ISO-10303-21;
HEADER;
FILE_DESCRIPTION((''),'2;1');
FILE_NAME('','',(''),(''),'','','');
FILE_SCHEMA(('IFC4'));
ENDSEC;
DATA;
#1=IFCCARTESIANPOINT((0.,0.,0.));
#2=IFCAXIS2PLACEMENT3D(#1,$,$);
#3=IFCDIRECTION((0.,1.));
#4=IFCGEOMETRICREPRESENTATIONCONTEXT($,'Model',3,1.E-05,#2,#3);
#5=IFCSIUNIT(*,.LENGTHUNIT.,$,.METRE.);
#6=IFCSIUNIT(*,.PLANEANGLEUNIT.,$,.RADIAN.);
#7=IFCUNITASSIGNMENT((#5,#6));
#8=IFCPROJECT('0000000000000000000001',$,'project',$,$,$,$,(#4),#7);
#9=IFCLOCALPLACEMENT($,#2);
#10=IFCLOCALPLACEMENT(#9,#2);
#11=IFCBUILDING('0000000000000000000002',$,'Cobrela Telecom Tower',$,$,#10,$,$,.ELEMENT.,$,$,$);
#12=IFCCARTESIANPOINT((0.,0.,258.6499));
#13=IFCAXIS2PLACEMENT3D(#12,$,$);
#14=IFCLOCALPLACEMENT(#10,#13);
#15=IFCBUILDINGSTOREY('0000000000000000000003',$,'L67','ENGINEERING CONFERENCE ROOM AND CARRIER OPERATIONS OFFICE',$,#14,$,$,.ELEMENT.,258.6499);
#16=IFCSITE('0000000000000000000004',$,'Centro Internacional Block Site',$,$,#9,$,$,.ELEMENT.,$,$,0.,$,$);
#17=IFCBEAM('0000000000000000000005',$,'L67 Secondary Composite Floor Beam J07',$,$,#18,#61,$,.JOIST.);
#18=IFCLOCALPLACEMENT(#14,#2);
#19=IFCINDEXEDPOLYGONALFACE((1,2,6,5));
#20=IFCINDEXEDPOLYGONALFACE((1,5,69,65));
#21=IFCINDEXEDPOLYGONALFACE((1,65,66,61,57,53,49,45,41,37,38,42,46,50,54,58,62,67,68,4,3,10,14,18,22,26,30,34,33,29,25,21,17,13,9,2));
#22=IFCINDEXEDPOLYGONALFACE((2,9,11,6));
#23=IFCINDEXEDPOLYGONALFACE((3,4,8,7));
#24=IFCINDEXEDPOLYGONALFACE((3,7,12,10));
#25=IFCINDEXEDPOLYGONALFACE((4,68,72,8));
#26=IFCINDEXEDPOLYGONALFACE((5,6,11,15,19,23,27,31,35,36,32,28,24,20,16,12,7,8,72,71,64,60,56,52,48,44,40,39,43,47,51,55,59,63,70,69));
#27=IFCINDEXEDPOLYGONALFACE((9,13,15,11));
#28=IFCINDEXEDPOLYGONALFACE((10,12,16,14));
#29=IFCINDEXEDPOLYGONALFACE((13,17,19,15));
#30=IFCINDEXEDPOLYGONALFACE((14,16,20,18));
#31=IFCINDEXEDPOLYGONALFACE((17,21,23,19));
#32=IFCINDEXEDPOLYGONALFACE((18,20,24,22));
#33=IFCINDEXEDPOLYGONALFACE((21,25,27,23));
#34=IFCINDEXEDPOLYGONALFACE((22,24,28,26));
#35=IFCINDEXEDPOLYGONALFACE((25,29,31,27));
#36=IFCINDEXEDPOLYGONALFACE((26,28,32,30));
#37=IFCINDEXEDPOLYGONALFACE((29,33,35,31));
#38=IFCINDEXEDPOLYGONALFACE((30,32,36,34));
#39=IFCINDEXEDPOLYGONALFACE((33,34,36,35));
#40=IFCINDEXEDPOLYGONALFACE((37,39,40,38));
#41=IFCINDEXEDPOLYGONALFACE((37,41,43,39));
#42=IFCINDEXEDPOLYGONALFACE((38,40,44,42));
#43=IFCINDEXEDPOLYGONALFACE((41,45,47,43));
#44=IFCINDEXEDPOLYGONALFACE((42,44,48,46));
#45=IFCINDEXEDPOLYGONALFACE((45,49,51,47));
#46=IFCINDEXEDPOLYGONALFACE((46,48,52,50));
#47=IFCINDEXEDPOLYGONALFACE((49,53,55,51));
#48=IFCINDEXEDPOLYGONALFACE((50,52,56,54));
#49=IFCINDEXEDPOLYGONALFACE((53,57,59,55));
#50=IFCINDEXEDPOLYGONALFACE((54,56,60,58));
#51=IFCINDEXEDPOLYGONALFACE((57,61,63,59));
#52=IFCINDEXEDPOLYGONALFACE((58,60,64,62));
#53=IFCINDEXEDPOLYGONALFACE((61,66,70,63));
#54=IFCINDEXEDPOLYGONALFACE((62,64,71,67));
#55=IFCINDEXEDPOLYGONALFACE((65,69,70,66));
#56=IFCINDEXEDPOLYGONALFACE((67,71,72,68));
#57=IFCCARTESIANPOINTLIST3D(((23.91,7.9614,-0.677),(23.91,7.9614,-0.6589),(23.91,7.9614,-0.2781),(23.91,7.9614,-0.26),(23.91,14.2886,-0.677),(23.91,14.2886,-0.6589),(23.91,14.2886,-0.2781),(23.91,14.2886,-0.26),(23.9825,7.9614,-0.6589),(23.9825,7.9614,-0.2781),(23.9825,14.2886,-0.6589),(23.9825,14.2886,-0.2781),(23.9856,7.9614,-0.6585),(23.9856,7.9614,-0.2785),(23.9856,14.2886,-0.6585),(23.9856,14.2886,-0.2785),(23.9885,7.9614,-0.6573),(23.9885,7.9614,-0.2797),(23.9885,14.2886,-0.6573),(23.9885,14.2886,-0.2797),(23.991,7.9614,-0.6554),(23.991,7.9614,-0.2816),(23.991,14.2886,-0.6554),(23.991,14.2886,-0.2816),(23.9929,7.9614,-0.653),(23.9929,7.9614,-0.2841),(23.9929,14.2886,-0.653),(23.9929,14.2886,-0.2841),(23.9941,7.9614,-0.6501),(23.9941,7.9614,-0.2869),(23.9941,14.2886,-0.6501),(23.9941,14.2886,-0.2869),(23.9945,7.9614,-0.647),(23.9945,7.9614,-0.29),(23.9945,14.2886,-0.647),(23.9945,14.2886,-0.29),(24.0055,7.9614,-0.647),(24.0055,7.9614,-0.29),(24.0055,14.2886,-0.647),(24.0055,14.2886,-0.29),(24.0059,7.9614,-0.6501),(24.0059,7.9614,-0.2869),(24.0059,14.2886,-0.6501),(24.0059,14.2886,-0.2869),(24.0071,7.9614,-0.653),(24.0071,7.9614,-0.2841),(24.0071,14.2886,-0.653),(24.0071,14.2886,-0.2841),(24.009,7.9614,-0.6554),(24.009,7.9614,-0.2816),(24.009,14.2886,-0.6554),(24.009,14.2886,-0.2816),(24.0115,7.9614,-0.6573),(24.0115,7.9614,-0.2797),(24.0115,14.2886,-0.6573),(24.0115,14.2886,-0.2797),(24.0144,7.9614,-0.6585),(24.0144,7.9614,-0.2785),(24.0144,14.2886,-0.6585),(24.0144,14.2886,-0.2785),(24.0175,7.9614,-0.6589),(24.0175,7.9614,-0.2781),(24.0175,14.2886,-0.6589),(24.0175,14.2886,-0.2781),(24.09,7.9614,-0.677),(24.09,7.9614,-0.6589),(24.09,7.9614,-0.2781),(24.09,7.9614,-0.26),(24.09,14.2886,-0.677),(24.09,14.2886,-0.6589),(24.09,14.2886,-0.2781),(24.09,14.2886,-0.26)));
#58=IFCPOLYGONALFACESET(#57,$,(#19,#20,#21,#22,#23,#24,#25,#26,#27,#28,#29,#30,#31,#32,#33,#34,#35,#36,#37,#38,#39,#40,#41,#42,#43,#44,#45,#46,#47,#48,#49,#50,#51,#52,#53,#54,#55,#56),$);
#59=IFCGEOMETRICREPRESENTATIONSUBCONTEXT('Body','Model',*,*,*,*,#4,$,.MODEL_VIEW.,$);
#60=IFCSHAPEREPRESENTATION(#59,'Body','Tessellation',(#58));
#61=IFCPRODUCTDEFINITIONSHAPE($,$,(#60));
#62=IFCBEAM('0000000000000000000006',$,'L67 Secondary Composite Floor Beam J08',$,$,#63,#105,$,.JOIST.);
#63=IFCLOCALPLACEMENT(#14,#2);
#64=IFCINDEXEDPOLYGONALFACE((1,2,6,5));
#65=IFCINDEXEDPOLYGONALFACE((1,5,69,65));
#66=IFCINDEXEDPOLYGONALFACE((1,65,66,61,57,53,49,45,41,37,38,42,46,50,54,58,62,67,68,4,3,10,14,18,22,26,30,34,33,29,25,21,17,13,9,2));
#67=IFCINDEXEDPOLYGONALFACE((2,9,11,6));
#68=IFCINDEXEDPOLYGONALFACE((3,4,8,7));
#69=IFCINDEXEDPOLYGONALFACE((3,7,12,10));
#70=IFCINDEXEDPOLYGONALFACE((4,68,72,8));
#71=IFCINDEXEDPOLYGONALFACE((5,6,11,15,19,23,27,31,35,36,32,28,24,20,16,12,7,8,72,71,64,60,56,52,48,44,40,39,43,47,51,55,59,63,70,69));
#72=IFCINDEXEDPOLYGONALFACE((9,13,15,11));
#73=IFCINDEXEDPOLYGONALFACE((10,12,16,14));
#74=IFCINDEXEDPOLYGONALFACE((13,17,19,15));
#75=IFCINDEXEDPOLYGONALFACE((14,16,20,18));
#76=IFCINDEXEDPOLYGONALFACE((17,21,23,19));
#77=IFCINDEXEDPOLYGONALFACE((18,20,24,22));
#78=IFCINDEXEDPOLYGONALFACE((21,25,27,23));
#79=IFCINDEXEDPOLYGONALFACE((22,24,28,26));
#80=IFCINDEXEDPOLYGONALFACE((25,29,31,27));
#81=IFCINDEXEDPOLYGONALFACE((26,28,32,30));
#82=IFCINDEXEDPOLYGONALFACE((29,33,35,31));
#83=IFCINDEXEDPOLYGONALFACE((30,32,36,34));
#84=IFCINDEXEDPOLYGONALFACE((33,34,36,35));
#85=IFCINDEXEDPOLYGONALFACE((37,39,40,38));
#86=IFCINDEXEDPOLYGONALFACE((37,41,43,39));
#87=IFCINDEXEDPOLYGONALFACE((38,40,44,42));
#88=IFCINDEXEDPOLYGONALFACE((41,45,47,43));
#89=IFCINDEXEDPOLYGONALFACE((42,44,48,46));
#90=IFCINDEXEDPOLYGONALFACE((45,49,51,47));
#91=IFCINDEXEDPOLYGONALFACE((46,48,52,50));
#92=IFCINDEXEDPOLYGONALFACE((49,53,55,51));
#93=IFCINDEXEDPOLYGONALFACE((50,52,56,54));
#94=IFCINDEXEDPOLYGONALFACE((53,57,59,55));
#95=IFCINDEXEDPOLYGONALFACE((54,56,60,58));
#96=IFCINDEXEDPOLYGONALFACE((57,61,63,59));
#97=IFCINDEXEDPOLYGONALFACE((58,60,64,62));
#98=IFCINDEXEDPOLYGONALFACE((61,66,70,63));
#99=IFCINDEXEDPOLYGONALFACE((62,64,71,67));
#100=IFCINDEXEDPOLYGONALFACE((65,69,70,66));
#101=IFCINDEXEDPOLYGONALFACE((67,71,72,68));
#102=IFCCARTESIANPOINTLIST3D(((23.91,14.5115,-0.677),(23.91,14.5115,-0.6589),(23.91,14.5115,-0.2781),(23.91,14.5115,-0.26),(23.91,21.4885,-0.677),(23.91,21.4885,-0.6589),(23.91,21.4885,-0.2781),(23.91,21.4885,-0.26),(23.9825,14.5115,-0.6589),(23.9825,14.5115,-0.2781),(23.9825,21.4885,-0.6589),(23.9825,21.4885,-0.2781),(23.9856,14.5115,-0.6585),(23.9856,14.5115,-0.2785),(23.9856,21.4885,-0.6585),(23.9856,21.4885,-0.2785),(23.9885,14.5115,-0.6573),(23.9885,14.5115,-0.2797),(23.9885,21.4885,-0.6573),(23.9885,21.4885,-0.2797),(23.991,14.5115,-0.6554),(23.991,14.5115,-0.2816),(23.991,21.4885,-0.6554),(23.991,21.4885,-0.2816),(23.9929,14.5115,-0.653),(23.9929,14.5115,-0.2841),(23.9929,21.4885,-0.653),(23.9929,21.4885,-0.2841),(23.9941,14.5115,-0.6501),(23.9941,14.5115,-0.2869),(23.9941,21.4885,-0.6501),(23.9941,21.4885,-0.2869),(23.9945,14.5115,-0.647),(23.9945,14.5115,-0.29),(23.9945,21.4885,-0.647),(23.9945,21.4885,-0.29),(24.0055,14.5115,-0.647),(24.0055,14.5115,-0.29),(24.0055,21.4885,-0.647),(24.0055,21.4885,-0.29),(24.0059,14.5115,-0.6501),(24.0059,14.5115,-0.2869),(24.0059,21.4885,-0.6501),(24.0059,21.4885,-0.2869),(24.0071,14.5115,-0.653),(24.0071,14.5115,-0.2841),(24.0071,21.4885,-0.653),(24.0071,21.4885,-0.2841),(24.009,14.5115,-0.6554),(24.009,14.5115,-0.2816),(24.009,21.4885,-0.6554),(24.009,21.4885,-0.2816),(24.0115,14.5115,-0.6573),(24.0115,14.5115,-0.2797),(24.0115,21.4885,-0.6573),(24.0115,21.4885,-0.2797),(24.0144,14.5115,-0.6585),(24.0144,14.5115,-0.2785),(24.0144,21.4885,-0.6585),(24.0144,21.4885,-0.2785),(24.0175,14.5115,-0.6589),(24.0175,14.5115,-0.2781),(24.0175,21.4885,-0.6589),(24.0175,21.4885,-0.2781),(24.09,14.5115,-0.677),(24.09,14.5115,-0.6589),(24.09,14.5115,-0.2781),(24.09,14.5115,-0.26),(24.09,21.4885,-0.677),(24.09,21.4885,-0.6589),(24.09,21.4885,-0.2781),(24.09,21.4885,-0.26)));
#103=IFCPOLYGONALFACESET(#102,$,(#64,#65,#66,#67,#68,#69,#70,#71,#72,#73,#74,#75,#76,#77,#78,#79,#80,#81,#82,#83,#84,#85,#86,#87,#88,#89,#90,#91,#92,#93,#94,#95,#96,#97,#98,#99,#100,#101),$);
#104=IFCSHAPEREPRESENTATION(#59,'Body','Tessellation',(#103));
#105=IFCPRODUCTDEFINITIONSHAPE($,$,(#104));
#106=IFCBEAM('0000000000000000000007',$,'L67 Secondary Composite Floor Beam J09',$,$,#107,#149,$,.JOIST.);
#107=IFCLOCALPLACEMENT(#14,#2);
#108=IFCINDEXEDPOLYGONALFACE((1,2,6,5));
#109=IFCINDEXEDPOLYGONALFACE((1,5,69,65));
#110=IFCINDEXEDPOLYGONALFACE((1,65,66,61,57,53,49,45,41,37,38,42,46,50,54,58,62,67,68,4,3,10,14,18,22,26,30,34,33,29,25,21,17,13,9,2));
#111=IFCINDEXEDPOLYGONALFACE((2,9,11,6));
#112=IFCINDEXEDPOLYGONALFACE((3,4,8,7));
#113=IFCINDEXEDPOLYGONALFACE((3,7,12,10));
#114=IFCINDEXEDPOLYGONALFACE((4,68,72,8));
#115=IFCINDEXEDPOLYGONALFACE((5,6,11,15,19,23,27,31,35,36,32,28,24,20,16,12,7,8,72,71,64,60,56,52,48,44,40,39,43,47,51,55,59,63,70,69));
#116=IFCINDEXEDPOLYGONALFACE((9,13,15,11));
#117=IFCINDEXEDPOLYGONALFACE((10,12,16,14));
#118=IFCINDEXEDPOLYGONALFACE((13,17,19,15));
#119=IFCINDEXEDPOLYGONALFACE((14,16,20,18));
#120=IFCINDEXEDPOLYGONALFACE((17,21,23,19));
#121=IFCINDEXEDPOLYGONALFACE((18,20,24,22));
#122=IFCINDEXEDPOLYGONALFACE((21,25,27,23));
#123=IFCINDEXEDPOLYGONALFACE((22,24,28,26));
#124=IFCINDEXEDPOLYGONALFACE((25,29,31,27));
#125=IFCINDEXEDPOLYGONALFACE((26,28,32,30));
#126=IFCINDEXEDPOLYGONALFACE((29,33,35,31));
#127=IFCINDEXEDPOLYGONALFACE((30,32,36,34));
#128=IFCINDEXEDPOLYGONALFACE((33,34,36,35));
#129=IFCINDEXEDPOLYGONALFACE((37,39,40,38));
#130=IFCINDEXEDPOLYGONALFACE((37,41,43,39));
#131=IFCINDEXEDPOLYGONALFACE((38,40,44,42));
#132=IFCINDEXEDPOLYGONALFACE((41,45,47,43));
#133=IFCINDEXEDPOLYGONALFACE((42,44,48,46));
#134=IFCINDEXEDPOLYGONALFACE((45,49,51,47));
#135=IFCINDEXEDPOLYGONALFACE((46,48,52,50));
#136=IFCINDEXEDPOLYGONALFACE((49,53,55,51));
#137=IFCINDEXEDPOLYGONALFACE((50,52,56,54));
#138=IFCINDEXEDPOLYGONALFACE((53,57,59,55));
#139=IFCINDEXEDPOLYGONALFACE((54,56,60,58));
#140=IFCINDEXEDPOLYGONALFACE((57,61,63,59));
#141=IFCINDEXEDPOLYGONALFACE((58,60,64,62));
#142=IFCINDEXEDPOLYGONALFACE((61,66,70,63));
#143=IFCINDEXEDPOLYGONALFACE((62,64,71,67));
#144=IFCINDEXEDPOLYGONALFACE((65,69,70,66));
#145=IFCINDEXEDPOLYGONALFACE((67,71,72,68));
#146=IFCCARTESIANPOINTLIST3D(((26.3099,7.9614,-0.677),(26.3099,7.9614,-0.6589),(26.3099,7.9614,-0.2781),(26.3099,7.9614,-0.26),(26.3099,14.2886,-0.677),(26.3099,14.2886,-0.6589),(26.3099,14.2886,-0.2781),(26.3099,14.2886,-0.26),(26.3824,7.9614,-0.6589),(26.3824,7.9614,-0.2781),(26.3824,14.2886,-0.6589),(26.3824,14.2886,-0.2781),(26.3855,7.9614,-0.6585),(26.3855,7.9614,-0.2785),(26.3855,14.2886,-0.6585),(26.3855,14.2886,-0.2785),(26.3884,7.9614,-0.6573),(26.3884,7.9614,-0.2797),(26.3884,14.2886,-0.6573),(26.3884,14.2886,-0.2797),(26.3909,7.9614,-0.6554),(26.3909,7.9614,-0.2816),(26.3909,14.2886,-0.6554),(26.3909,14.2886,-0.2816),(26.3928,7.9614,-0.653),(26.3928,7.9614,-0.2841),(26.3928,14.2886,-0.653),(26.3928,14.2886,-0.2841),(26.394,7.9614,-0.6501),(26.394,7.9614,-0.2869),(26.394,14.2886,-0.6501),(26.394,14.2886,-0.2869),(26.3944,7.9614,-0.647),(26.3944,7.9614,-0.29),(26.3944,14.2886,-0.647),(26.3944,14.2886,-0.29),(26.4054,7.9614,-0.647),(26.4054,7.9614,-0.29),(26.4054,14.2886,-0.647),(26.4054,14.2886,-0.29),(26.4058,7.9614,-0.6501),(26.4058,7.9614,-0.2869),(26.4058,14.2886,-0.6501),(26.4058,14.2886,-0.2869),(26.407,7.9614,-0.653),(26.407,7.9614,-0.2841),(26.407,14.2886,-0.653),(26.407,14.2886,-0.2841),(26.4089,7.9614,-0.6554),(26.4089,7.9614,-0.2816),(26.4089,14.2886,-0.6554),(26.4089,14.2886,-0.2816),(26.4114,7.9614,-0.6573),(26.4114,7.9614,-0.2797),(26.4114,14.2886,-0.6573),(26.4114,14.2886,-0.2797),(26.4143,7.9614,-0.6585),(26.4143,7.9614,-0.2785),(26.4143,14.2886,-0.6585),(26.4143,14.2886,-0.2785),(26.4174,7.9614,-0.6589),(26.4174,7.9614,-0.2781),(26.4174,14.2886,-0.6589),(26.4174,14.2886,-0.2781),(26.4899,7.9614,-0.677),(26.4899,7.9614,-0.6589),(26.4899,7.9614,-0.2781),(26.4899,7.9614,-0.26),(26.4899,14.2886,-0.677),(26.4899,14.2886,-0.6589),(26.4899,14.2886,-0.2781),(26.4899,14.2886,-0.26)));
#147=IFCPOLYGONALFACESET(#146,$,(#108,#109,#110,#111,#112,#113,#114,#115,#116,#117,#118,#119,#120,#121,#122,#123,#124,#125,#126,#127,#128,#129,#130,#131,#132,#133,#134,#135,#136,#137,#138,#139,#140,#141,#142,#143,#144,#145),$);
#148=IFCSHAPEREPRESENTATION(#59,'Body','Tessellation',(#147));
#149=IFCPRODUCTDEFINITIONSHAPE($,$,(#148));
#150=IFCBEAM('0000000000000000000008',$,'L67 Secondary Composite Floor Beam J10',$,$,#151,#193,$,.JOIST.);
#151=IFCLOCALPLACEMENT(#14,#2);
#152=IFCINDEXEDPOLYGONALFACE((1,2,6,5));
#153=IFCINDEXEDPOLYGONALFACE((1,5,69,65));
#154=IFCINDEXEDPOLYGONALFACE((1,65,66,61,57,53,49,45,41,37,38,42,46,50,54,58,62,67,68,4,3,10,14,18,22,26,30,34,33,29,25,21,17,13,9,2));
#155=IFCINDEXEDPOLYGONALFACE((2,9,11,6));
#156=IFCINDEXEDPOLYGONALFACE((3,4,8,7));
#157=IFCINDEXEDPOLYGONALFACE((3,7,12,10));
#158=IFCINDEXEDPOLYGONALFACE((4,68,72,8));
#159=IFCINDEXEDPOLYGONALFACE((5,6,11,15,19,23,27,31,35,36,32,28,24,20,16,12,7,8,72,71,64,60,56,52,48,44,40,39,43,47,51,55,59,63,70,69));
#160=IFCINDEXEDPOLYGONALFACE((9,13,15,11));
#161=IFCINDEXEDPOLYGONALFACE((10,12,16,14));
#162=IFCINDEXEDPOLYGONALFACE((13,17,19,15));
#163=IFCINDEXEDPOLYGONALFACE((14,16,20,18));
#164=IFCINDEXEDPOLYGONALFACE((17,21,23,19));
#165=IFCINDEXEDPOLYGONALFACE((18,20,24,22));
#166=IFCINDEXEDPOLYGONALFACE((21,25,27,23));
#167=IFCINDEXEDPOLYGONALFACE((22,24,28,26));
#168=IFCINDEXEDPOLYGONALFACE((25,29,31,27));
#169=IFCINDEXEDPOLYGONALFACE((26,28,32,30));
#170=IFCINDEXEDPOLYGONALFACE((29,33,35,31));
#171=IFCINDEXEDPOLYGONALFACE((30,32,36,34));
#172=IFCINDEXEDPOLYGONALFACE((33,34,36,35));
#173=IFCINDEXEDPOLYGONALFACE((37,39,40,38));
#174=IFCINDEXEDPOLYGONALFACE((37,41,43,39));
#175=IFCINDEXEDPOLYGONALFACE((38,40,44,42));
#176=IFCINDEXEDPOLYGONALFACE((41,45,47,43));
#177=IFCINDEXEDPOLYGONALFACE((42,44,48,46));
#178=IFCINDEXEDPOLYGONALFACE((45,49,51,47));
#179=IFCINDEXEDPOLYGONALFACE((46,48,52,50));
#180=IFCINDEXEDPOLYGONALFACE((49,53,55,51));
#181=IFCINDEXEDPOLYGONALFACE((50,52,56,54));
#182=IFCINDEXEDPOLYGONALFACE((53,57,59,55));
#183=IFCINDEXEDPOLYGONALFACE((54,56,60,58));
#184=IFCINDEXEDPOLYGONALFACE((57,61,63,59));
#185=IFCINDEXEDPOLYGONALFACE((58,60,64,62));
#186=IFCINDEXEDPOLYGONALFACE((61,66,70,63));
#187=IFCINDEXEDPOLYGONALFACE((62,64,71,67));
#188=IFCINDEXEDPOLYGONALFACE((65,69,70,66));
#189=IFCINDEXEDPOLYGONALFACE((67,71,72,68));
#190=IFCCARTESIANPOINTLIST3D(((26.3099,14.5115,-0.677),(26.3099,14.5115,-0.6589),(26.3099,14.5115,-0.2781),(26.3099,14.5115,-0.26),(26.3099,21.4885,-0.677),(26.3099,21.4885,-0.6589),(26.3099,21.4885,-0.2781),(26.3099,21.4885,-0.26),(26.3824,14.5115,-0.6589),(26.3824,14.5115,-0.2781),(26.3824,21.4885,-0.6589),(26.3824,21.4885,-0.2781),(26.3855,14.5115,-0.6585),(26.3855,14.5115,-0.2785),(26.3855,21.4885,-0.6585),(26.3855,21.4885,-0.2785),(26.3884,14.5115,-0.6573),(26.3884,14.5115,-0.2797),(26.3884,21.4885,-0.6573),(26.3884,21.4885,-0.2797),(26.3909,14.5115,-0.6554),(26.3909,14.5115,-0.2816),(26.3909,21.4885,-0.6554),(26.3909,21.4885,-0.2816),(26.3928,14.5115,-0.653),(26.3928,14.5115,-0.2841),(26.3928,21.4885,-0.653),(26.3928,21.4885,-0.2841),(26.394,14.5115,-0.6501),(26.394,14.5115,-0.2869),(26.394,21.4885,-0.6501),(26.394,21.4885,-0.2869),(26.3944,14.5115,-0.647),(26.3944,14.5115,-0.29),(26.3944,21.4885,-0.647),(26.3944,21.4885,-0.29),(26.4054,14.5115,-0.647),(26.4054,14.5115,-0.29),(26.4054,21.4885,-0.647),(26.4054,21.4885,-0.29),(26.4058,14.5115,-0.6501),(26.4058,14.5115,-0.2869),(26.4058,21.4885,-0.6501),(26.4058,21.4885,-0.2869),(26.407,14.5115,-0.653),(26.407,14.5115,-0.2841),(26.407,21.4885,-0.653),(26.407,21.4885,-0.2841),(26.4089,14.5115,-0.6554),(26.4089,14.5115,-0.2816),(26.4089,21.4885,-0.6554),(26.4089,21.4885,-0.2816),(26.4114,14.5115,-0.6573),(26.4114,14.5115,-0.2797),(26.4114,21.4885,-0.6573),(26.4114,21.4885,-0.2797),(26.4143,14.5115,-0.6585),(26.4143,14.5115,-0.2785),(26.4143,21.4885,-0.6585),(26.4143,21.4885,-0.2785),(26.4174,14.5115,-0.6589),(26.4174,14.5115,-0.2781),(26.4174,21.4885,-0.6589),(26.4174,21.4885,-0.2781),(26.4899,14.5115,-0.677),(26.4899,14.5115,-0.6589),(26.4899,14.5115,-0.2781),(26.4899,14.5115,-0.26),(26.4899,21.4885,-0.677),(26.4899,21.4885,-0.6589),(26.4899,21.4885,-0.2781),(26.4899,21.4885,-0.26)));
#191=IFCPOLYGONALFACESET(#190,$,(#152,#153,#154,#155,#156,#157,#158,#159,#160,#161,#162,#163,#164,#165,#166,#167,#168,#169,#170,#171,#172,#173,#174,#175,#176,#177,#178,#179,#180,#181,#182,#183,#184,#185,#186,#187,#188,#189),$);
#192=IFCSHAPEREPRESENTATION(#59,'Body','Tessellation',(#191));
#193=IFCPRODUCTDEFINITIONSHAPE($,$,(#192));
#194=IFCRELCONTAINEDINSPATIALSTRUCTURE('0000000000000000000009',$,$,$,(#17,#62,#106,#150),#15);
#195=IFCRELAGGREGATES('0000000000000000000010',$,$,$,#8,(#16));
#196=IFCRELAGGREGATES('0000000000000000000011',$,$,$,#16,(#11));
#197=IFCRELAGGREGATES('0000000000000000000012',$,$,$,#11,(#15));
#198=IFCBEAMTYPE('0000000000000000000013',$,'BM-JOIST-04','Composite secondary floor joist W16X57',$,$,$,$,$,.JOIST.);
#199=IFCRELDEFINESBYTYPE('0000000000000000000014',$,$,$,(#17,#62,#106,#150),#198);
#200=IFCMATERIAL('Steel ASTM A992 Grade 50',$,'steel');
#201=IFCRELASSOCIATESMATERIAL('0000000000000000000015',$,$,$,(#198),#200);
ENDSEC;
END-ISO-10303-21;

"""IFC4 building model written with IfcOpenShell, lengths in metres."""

from ifc_helpers import new_model, si_unit, direction, frame, origin, origin_2d, place, context, subcontext, project, spatial, i_section, extrude, material, material_profile, profile_set, type_object, element, save


model = new_model("IFC4")

# Units and contexts
model_context = context("Model", 3, precision=1e-05, world=origin(), true_north=direction((0.0, 1.0)))
body_context = subcontext(model_context, "Body", "Model", "MODEL_VIEW")
ifc_project = project(units=[si_unit("LENGTHUNIT", "METRE"), si_unit("PLANEANGLEUNIT", "RADIAN")], contexts=[model_context])

# Site, building, storey
site_placement = place(None, origin())
site = spatial("IfcSite", under=ifc_project, at=site_placement, Name="Centro Internacional Block Site", CompositionType="ELEMENT", RefElevation=0.0)
building_placement = place(site_placement, origin())
building = spatial("IfcBuilding", under=site, at=building_placement, Name="Cobrela Telecom Tower", CompositionType="ELEMENT")
storey_placement = place(building_placement, frame((0.0, 0.0, 258.6499)))
storey = spatial("IfcBuildingStorey", under=building, at=storey_placement, Name="L67", Description="ENGINEERING CONFERENCE ROOM AND CARRIER OPERATIONS OFFICE", CompositionType="ELEMENT", Elevation=258.6499)

# Shared definitions
ifc_material_1 = material(Name="Steel ASTM A992 Grade 50", Category="steel")

# Beams
ifc_material_profile_1 = material_profile(ifc_material_1, i_section(OverallWidth=0.1799, OverallDepth=0.417, WebThickness=0.011, FlangeThickness=0.0181, FilletRadius=0.012, at=origin_2d()), Name="W16X57")
ifc_profile_set_1 = profile_set([ifc_material_profile_1], Name="Steel ASTM A992 Grade 50")
beam_type_1 = type_object("IfcBeamType", Name="BM-JOIST-04", Description="Composite secondary floor joist W16X57", PredefinedType="JOIST", material=ifc_profile_set_1)
beam_1_placement = place(storey_placement, frame((24.0, 7.9614, -0.4685), z_axis=(0.0, 1.0, 0.0), x_axis=(-1.0, 0.0, 0.0)))
element("IfcBeam", 1, at=beam_1_placement, inside=storey, type_object=beam_type_1, Name="L67 Secondary Composite Floor Beam J07", PredefinedType="JOIST", context=body_context, shape_type="SweptSolid", body=[
    extrude(i_section(OverallWidth=0.1799, OverallDepth=0.417, WebThickness=0.011, FlangeThickness=0.0181, FilletRadius=0.012, at=origin_2d()), origin(), (0.0, 0.0, 1.0), 6.3271),
])
beam_2_placement = place(storey_placement, frame((24.0, 14.5115, -0.4685), z_axis=(0.0, 1.0, 0.0), x_axis=(-1.0, 0.0, 0.0)))
element("IfcBeam", 2, at=beam_2_placement, inside=storey, type_object=beam_type_1, Name="L67 Secondary Composite Floor Beam J08", PredefinedType="JOIST", context=body_context, shape_type="SweptSolid", body=[
    extrude(i_section(OverallWidth=0.1799, OverallDepth=0.417, WebThickness=0.011, FlangeThickness=0.0181, FilletRadius=0.012, at=origin_2d()), origin(), (0.0, 0.0, 1.0), 6.9771),
])
beam_3_placement = place(storey_placement, frame((26.3999, 7.9614, -0.4685), z_axis=(0.0, 1.0, 0.0), x_axis=(-1.0, 0.0, 0.0)))
element("IfcBeam", 3, at=beam_3_placement, inside=storey, type_object=beam_type_1, Name="L67 Secondary Composite Floor Beam J09", PredefinedType="JOIST", context=body_context, shape_type="SweptSolid", body=[
    extrude(i_section(OverallWidth=0.1799, OverallDepth=0.417, WebThickness=0.011, FlangeThickness=0.0181, FilletRadius=0.012, at=origin_2d()), origin(), (0.0, 0.0, 1.0), 6.3271),
])
beam_4_placement = place(storey_placement, frame((26.3999, 14.5115, -0.4685), z_axis=(0.0, 1.0, 0.0), x_axis=(-1.0, 0.0, 0.0)))
element("IfcBeam", 4, at=beam_4_placement, inside=storey, type_object=beam_type_1, Name="L67 Secondary Composite Floor Beam J10", PredefinedType="JOIST", context=body_context, shape_type="SweptSolid", body=[
    extrude(i_section(OverallWidth=0.1799, OverallDepth=0.417, WebThickness=0.011, FlangeThickness=0.0181, FilletRadius=0.012, at=origin_2d()), origin(), (0.0, 0.0, 1.0), 6.9771),
])

save(model, "model.ifc")
